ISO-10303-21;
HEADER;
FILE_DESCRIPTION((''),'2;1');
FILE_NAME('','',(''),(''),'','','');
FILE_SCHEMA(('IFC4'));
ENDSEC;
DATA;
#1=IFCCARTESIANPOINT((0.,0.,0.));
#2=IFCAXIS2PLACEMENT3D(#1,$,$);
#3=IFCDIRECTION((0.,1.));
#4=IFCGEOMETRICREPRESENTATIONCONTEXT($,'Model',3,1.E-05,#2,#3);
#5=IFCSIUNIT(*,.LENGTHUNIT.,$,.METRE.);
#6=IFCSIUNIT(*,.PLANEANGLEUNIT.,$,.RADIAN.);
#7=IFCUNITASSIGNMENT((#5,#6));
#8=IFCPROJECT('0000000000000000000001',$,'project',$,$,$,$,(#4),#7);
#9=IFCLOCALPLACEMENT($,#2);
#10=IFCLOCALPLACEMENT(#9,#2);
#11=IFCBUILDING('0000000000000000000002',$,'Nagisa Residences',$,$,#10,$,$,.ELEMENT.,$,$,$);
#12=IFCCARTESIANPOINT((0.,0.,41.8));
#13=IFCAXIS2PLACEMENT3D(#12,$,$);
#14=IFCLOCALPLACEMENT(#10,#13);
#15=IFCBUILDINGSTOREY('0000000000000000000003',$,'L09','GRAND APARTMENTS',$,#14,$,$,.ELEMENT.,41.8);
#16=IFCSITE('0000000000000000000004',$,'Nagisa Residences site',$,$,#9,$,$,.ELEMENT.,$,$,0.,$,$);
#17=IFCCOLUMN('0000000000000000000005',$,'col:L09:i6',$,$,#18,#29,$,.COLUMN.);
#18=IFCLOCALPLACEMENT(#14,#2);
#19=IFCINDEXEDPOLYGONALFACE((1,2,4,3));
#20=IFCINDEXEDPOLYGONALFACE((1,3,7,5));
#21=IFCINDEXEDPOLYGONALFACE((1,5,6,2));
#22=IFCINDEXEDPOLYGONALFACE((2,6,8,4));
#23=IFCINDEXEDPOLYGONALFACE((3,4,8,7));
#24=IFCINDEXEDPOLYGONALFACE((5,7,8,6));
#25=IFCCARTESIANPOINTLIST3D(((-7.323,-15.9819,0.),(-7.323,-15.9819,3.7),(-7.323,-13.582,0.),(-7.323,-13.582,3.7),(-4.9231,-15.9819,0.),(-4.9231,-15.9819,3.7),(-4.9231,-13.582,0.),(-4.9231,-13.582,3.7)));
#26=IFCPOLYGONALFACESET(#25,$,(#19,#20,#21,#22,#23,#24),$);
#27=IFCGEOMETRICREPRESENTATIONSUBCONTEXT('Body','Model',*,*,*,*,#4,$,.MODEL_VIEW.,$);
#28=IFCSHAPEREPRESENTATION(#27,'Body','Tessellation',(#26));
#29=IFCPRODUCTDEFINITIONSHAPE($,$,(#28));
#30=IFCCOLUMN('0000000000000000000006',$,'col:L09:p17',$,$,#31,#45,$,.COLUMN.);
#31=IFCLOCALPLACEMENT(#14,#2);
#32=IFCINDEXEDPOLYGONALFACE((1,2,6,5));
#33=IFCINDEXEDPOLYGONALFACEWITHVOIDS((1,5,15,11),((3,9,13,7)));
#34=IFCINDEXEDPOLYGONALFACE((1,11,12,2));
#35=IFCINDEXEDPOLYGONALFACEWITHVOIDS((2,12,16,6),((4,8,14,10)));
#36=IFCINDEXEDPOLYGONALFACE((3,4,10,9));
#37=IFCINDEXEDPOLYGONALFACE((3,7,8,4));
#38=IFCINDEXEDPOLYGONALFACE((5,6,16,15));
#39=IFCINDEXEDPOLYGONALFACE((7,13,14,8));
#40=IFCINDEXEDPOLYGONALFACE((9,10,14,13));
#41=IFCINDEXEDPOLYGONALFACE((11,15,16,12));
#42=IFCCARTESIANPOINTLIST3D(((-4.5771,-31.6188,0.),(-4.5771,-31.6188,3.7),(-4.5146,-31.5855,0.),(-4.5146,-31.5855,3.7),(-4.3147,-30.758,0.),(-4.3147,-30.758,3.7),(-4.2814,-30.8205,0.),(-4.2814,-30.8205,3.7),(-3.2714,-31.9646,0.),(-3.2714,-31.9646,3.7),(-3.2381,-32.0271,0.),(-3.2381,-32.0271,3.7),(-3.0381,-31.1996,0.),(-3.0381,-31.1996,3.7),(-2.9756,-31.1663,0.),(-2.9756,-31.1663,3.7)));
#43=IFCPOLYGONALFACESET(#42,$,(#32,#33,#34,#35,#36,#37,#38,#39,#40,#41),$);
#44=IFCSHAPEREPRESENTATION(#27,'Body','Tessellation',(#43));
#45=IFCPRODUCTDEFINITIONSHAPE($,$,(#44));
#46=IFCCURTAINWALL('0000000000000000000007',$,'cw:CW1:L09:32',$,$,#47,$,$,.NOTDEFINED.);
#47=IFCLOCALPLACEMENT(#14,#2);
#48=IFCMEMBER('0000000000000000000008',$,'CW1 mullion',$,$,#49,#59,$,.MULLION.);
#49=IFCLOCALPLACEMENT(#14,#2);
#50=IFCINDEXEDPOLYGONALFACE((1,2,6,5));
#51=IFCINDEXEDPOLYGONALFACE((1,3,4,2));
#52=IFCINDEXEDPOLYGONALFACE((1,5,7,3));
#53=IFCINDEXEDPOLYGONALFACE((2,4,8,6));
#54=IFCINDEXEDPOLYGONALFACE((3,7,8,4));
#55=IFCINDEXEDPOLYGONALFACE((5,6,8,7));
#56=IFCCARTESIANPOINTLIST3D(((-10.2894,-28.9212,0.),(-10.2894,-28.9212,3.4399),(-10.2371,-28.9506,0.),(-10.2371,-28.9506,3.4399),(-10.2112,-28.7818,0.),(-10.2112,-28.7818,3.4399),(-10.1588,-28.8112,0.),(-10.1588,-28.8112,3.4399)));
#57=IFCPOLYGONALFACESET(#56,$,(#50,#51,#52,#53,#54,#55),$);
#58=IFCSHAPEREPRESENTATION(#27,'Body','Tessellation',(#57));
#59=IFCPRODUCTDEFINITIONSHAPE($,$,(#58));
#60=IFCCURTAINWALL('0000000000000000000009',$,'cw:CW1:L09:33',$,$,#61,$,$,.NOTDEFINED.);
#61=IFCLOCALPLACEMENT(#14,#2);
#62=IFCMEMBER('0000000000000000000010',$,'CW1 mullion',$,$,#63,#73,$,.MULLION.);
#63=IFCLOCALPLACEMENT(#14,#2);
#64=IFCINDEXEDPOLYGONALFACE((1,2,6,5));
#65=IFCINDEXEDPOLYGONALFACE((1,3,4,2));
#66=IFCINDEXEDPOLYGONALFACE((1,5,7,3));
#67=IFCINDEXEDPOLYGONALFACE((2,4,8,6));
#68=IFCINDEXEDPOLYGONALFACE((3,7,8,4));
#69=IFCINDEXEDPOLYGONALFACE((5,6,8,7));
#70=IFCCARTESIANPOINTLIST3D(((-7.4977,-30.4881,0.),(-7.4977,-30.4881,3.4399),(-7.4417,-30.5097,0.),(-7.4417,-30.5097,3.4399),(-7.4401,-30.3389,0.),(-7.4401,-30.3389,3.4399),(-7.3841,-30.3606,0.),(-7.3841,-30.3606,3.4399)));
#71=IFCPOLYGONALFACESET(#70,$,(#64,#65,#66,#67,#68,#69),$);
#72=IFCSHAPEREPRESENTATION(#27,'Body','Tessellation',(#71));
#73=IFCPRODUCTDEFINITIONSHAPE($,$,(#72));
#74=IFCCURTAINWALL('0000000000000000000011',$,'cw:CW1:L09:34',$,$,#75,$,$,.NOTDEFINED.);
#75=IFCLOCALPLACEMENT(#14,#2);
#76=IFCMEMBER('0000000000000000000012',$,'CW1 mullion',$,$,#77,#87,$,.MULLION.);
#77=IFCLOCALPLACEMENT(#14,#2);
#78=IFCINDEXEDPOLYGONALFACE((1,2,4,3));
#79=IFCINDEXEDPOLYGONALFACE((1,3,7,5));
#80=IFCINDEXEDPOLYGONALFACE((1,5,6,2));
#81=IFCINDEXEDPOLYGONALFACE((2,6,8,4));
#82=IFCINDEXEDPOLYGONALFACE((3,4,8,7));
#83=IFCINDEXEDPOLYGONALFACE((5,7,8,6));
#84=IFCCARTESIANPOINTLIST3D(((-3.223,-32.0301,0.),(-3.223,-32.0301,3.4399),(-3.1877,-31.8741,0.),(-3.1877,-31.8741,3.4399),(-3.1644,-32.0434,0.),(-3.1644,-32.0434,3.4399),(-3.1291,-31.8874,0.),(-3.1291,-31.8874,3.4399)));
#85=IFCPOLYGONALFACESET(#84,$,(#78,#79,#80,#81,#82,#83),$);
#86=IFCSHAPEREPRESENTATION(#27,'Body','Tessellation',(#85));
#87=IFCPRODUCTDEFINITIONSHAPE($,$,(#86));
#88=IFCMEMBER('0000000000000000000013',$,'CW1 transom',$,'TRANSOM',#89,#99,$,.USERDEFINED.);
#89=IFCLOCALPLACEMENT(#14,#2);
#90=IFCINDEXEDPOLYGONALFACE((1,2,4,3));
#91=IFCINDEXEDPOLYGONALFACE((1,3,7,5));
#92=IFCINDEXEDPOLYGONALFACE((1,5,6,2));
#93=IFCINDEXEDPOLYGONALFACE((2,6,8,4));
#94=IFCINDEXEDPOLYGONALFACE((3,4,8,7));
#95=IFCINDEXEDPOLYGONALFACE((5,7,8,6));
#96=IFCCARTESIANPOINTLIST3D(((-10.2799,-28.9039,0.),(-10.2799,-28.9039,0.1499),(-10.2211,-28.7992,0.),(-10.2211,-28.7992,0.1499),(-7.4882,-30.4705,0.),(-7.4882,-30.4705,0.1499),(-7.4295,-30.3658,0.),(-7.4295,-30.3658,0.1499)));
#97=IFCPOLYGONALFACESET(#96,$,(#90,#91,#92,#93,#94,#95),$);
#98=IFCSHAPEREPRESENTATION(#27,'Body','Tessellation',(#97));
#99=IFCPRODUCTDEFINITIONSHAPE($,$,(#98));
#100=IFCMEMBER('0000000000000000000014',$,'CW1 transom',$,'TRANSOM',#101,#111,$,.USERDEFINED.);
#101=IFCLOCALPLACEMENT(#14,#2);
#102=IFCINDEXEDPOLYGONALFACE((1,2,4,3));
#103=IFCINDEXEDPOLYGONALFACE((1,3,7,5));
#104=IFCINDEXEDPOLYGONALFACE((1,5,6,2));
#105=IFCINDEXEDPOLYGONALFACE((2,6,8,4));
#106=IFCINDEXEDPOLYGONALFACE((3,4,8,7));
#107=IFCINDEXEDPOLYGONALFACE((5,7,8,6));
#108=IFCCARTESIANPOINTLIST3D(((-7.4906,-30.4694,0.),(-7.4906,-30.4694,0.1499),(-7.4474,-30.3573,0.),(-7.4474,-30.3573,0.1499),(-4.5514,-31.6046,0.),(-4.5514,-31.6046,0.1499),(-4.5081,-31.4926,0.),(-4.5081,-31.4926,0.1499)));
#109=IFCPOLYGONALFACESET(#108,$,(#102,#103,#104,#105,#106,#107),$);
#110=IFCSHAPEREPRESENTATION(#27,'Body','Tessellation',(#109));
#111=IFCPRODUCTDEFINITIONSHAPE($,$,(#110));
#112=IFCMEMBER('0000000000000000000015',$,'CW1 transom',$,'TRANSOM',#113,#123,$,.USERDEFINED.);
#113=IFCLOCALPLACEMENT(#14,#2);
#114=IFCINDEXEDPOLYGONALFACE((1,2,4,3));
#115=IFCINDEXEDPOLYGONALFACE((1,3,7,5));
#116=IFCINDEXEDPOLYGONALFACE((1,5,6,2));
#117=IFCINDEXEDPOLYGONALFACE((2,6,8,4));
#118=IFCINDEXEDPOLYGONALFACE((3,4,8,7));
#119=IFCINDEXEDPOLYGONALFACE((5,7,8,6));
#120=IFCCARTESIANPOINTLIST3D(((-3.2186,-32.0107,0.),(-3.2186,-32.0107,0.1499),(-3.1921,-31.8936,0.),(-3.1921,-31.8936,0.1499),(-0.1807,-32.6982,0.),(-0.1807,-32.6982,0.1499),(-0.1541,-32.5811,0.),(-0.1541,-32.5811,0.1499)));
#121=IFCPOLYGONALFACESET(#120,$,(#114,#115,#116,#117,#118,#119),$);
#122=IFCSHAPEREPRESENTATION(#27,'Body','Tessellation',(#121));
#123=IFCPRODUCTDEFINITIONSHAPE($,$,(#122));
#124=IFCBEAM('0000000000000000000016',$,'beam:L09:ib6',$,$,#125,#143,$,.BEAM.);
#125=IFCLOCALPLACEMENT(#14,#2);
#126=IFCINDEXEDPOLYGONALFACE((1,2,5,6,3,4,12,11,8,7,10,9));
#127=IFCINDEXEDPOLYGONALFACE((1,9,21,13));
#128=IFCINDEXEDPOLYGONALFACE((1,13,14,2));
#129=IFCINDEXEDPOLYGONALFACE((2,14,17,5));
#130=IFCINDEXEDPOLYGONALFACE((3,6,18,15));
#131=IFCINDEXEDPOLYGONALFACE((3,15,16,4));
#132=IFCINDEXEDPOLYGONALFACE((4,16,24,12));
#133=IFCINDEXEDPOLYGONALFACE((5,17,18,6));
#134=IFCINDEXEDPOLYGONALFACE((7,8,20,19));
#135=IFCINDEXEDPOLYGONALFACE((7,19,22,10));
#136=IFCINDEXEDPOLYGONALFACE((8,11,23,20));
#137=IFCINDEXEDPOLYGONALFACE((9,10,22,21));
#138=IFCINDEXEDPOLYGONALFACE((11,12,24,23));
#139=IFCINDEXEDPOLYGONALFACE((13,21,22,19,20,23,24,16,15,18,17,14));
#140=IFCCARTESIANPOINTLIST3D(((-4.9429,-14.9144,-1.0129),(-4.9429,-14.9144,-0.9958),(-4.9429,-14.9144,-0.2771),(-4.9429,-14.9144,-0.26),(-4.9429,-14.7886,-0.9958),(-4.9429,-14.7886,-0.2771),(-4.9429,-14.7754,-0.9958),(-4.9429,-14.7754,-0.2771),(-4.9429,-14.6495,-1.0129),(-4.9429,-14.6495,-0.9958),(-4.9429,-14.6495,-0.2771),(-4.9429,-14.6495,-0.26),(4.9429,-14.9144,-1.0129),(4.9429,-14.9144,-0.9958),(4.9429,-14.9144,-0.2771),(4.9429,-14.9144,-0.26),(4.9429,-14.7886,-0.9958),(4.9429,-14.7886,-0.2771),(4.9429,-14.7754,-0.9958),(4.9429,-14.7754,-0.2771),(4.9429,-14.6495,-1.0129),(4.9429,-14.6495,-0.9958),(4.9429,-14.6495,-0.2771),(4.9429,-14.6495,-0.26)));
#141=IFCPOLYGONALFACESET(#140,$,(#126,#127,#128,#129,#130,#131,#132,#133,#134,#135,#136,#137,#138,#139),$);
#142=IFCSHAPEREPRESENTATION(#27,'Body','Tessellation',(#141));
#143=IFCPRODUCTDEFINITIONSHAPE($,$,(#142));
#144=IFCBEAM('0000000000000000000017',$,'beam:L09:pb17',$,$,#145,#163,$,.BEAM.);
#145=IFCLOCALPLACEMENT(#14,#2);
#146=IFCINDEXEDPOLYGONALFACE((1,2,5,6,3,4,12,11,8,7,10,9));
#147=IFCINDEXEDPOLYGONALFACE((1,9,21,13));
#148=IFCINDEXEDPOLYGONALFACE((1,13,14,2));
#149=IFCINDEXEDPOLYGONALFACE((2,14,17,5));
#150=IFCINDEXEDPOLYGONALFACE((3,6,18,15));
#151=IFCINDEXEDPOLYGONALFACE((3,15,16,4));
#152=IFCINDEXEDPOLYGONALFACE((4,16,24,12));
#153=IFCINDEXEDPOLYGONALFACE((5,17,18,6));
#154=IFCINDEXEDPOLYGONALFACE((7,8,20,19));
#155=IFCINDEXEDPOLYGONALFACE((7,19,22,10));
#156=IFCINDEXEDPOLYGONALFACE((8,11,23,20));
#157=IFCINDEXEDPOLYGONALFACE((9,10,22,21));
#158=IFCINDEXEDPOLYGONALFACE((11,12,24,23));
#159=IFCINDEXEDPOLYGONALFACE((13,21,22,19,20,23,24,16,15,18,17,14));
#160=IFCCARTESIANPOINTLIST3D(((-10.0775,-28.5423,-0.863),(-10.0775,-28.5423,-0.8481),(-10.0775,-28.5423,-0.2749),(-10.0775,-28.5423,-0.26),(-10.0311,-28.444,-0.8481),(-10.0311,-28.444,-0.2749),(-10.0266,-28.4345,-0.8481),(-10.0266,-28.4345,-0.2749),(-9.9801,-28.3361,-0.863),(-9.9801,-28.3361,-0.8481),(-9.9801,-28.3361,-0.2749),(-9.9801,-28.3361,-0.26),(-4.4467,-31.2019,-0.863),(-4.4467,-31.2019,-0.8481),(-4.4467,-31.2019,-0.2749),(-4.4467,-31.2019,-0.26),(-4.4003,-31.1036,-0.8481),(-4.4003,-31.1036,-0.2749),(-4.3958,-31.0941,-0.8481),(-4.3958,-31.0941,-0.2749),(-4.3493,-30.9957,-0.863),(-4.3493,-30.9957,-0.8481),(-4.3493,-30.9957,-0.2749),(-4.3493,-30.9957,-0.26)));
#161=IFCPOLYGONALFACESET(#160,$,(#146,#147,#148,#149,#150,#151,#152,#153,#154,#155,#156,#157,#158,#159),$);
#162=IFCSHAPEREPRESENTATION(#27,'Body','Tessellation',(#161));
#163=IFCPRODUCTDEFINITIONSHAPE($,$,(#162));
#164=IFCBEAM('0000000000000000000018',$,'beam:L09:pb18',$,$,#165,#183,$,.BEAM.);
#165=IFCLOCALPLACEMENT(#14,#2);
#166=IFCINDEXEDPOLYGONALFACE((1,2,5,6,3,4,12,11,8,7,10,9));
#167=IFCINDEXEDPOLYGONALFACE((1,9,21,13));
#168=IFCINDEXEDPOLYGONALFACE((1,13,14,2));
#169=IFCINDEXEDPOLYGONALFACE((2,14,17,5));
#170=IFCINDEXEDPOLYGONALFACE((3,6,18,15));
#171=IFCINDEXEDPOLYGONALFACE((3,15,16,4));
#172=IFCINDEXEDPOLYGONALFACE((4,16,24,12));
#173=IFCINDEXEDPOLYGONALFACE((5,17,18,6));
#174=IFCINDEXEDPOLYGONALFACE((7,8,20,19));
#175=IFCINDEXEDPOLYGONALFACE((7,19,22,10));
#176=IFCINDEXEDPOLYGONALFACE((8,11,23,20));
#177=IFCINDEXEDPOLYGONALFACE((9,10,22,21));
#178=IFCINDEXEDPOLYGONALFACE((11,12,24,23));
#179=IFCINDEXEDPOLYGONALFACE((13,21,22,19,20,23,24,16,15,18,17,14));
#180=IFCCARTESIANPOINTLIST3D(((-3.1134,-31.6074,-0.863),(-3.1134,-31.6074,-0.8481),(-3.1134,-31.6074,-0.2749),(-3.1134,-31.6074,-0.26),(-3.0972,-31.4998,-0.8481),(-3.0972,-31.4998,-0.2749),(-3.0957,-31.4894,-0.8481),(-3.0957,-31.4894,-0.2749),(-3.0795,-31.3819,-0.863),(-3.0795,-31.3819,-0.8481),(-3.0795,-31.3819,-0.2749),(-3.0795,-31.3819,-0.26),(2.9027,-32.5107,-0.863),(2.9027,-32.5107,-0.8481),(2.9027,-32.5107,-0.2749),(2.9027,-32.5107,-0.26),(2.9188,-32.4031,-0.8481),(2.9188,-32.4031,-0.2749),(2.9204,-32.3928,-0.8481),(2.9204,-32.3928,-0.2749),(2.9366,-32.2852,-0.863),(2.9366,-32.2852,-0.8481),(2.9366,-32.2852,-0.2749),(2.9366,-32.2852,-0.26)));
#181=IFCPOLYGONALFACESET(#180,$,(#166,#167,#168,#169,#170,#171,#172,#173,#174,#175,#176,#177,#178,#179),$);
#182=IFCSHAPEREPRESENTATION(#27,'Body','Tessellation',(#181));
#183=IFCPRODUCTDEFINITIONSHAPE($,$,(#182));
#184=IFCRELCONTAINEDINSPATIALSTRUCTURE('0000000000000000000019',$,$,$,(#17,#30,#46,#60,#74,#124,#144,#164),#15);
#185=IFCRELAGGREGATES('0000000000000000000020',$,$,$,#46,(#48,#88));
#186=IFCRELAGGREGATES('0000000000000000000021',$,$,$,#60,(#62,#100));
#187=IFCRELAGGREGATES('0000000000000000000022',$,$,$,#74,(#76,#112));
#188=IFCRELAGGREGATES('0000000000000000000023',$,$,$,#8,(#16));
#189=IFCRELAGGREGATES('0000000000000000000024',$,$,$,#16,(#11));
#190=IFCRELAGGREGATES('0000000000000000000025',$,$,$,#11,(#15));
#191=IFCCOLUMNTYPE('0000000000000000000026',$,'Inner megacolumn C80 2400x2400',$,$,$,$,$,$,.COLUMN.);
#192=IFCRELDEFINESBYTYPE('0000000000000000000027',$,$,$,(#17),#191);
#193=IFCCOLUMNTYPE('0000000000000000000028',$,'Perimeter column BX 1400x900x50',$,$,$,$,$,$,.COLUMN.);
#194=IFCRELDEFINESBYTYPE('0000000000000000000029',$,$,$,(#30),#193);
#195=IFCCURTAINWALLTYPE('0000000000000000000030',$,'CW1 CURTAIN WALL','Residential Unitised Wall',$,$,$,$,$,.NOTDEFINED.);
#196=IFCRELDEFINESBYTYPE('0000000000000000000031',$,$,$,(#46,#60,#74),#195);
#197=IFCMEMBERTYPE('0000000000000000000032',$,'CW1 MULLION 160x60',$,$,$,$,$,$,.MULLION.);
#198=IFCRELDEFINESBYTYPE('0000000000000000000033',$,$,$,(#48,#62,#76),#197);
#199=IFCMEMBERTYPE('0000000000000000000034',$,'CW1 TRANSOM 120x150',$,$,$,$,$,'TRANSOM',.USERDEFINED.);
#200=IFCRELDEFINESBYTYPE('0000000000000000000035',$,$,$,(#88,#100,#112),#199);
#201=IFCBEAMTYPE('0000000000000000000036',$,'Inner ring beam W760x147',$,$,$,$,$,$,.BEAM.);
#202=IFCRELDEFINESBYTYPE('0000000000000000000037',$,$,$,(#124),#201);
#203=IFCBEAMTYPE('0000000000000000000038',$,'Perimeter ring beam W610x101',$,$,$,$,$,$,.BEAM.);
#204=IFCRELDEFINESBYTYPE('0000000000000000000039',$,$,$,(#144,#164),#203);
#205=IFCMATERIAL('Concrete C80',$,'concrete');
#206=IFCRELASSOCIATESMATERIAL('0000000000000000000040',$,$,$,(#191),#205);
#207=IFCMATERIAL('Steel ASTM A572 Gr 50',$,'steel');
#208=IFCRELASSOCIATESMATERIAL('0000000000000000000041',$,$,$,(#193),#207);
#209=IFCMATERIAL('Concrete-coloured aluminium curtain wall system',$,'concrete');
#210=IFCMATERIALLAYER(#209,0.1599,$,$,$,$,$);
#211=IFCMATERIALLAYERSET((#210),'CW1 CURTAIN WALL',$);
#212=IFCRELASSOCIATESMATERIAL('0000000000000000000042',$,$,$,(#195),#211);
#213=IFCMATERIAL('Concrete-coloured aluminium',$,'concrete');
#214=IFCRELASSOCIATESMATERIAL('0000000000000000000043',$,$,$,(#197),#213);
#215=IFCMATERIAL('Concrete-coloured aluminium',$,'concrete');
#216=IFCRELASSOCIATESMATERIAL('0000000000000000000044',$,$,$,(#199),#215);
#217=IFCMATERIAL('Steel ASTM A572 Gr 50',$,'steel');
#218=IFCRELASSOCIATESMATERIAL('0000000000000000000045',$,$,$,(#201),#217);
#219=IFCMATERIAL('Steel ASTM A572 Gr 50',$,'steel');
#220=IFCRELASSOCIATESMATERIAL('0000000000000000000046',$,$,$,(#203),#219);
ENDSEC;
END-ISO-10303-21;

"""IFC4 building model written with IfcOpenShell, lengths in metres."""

from ifc_helpers import new_model, si_unit, direction, frame, origin, origin_2d, place, context, subcontext, project, spatial, rectangle, hollow_rectangle, i_section, extrude, material, layer, layer_set, material_profile, profile_set, type_object, element, aggregate, save


model = new_model("IFC4")

# Units and contexts
model_context = context("Model", 3, precision=1e-05, world=origin(), true_north=direction((0.0, 1.0)))
body_context = subcontext(model_context, "Body", "Model", "MODEL_VIEW")
ifc_project = project(units=[si_unit("LENGTHUNIT", "METRE"), si_unit("PLANEANGLEUNIT", "RADIAN")], contexts=[model_context])

# Site, building, storey
site_placement = place(None, origin())
site = spatial("IfcSite", under=ifc_project, at=site_placement, Name="Nagisa Residences site", CompositionType="ELEMENT", RefElevation=0.0)
building_placement = place(site_placement, origin())
building = spatial("IfcBuilding", under=site, at=building_placement, Name="Nagisa Residences", CompositionType="ELEMENT")
storey_placement = place(building_placement, frame((0.0, 0.0, 41.8)))
storey = spatial("IfcBuildingStorey", under=building, at=storey_placement, Name="L09", Description="GRAND APARTMENTS", CompositionType="ELEMENT", Elevation=41.8)

# Columns
ifc_material_1 = material(Name="Concrete C80", Category="concrete")
ifc_material_profile_1 = material_profile(ifc_material_1, rectangle(XDim=2.3999, YDim=2.3999, at=origin_2d()), Name="C80 2400x2400")
ifc_profile_set_1 = profile_set([ifc_material_profile_1], Name="Concrete C80")
column_type_1 = type_object("IfcColumnType", Name="Inner megacolumn C80 2400x2400", PredefinedType="COLUMN", material=ifc_profile_set_1)
column_1_placement = place(storey_placement, frame((-6.123, -14.782, 0.0), z_axis=(0.0, 0.0, 1.0), x_axis=(1.0, 0.0, 0.0)))
element("IfcColumn", 1, at=column_1_placement, inside=storey, type_object=column_type_1, Name="col:L09:i6", PredefinedType="COLUMN", context=body_context, shape_type="SweptSolid", body=[
    extrude(rectangle(XDim=2.3999, YDim=2.3999, at=origin_2d()), origin(), (0.0, 0.0, 1.0), 3.7),
])
ifc_material_2 = material(Name="Steel ASTM A572 Gr 50", Category="steel")
ifc_material_profile_2 = material_profile(ifc_material_2, hollow_rectangle(XDim=1.3999, YDim=0.8999, WallThickness=0.05, at=origin_2d()), Name="BX 1400x900x50")
ifc_profile_set_2 = profile_set([ifc_material_profile_2], Name="Steel ASTM A572 Gr 50")
column_type_2 = type_object("IfcColumnType", Name="Perimeter column BX 1400x900x50", PredefinedType="COLUMN", material=ifc_profile_set_2)
column_2_placement = place(storey_placement, frame((-3.7764, -31.3926, 0.0), z_axis=(0.0, 0.0, 1.0), x_axis=(0.956525, -0.291652, 0.0)))
element("IfcColumn", 2, at=column_2_placement, inside=storey, type_object=column_type_2, Name="col:L09:p17", PredefinedType="COLUMN", context=body_context, shape_type="SweptSolid", body=[
    extrude(hollow_rectangle(XDim=1.3999, YDim=0.8999, WallThickness=0.05, at=origin_2d()), origin(), (0.0, 0.0, 1.0), 3.7),
])

# Curtain walls, members
ifc_material_3 = material(Name="Concrete-coloured aluminium curtain wall system", Category="concrete")
ifc_layer_1 = layer(ifc_material_3, 0.1599)
ifc_layer_set_1 = layer_set([ifc_layer_1], Name="CW1 CURTAIN WALL")
curtain_wall_type = type_object("IfcCurtainWallType", Name="CW1 CURTAIN WALL", Description="Residential Unitised Wall", PredefinedType="NOTDEFINED", material=ifc_layer_set_1)
curtain_wall_1_placement = place(storey_placement, origin())
curtain_wall_1 = element("IfcCurtainWall", 3, at=curtain_wall_1_placement, inside=storey, type_object=curtain_wall_type, Name="cw:CW1:L09:32", PredefinedType="NOTDEFINED")
ifc_material_4 = material(Name="Concrete-coloured aluminium", Category="concrete")
ifc_material_profile_3 = material_profile(ifc_material_4, rectangle(XDim=0.1599, YDim=0.0601, at=origin_2d()), Name="CW1 MULLION 160x60")
ifc_profile_set_3 = profile_set([ifc_material_profile_3], Name="Concrete-coloured aluminium")
member_type_1 = type_object("IfcMemberType", Name="CW1 MULLION 160x60", PredefinedType="MULLION", material=ifc_profile_set_3)
member_1_placement = place(storey_placement, frame((-10.2241, -28.8662, 0.0), z_axis=(0.0, 0.0, 1.0), x_axis=(0.489377, 0.872072, 0.0)))
member_1 = element("IfcMember", 4, at=member_1_placement, type_object=member_type_1, Name="CW1 mullion", PredefinedType="MULLION", context=body_context, shape_type="SweptSolid", body=[
    extrude(rectangle(XDim=0.1599, YDim=0.0601, at=origin_2d()), origin(), (0.0, 0.0, 1.0), 3.4399),
])
curtain_wall_2_placement = place(storey_placement, origin())
curtain_wall_2 = element("IfcCurtainWall", 5, at=curtain_wall_2_placement, inside=storey, type_object=curtain_wall_type, Name="cw:CW1:L09:33", PredefinedType="NOTDEFINED")
member_2_placement = place(storey_placement, frame((-7.4409, -30.4243, 0.0), z_axis=(0.0, 0.0, 1.0), x_axis=(0.360328, 0.932826, 0.0)))
member_2 = element("IfcMember", 6, at=member_2_placement, type_object=member_type_1, Name="CW1 mullion", PredefinedType="MULLION", context=body_context, shape_type="SweptSolid", body=[
    extrude(rectangle(XDim=0.1599, YDim=0.0601, at=origin_2d()), origin(), (0.0, 0.0, 1.0), 3.4399),
])
curtain_wall_3_placement = place(storey_placement, origin())
curtain_wall_3 = element("IfcCurtainWall", 7, at=curtain_wall_3_placement, inside=storey, type_object=curtain_wall_type, Name="cw:CW1:L09:34", PredefinedType="NOTDEFINED")
member_3_placement = place(storey_placement, frame((-3.176, -31.9587, 0.0), z_axis=(0.0, 0.0, 1.0), x_axis=(0.220764, 0.975327, 0.0)))
member_3 = element("IfcMember", 8, at=member_3_placement, type_object=member_type_1, Name="CW1 mullion", PredefinedType="MULLION", context=body_context, shape_type="SweptSolid", body=[
    extrude(rectangle(XDim=0.1599, YDim=0.0601, at=origin_2d()), origin(), (0.0, 0.0, 1.0), 3.4399),
])

# Members
ifc_material_5 = material(Name="Concrete-coloured aluminium", Category="concrete")
ifc_material_profile_4 = material_profile(ifc_material_5, rectangle(XDim=0.1201, YDim=0.1499, at=origin_2d()), Name="CW1 TRANSOM 120x150")
ifc_profile_set_4 = profile_set([ifc_material_profile_4], Name="Concrete-coloured aluminium")
member_type_2 = type_object("IfcMemberType", Name="CW1 TRANSOM 120x150", ElementType="TRANSOM", PredefinedType="USERDEFINED", material=ifc_profile_set_4)
member_4_placement = place(storey_placement, frame((-10.2505, -28.8516, 0.075), z_axis=(0.87207, -0.489381, 0.0), x_axis=(0.489381, 0.87207, 0.0)))
member_4 = element("IfcMember", 9, at=member_4_placement, type_object=member_type_2, Name="CW1 transom", ObjectType="TRANSOM", PredefinedType="USERDEFINED", context=body_context, shape_type="SweptSolid", body=[
    extrude(rectangle(XDim=0.1201, YDim=0.1499, at=origin_2d()), origin(), (0.0, 0.0, 1.0), 3.2012),
])
member_5_placement = place(storey_placement, frame((-7.469, -30.4133, 0.075), z_axis=(0.932835, -0.360303, 0.0), x_axis=(0.360303, 0.932835, 0.0)))
member_5 = element("IfcMember", 10, at=member_5_placement, type_object=member_type_2, Name="CW1 transom", ObjectType="TRANSOM", PredefinedType="USERDEFINED", context=body_context, shape_type="SweptSolid", body=[
    extrude(rectangle(XDim=0.1201, YDim=0.1499, at=origin_2d()), origin(), (0.0, 0.0, 1.0), 3.1509),
])
member_6_placement = place(storey_placement, frame((-3.2053, -31.9521, 0.075), z_axis=(0.975335, -0.22073, 0.0), x_axis=(0.22073, 0.975335, 0.0)))
member_6 = element("IfcMember", 11, at=member_6_placement, type_object=member_type_2, Name="CW1 transom", ObjectType="TRANSOM", PredefinedType="USERDEFINED", context=body_context, shape_type="SweptSolid", body=[
    extrude(rectangle(XDim=0.1201, YDim=0.1499, at=origin_2d()), origin(), (0.0, 0.0, 1.0), 3.1147),
])

# Beams
ifc_material_6 = material(Name="Steel ASTM A572 Gr 50", Category="steel")
ifc_material_profile_5 = material_profile(ifc_material_6, i_section(OverallWidth=0.2649, OverallDepth=0.7529, WebThickness=0.0132, FlangeThickness=0.0171, at=origin_2d()), Name="W760x147")
ifc_profile_set_5 = profile_set([ifc_material_profile_5], Name="Steel ASTM A572 Gr 50")
beam_type_1 = type_object("IfcBeamType", Name="Inner ring beam W760x147", PredefinedType="BEAM", material=ifc_profile_set_5)
beam_1_placement = place(storey_placement, frame((-4.9429, -14.782, -0.6365), z_axis=(1.0, 0.0, 0.0), x_axis=(0.0, 1.0, 0.0)))
element("IfcBeam", 12, at=beam_1_placement, inside=storey, type_object=beam_type_1, Name="beam:L09:ib6", PredefinedType="BEAM", context=body_context, shape_type="SweptSolid", body=[
    extrude(i_section(OverallWidth=0.2649, OverallDepth=0.7529, WebThickness=0.0132, FlangeThickness=0.0171, at=origin_2d()), origin(), (0.0, 0.0, 1.0), 9.8857),
])
ifc_material_7 = material(Name="Steel ASTM A572 Gr 50", Category="steel")
ifc_material_profile_6 = material_profile(ifc_material_7, i_section(OverallWidth=0.228, OverallDepth=0.603, WebThickness=0.0105, FlangeThickness=0.0149, at=origin_2d()), Name="W610x101")
ifc_profile_set_6 = profile_set([ifc_material_profile_6], Name="Steel ASTM A572 Gr 50")
beam_type_2 = type_object("IfcBeamType", Name="Perimeter ring beam W610x101", PredefinedType="BEAM", material=ifc_profile_set_6)
beam_2_placement = place(storey_placement, frame((-10.0288, -28.4392, -0.5615), z_axis=(0.904208, -0.427092, 0.0), x_axis=(0.427092, 0.904208, 0.0)))
element("IfcBeam", 13, at=beam_2_placement, inside=storey, type_object=beam_type_2, Name="beam:L09:pb17", PredefinedType="BEAM", context=body_context, shape_type="SweptSolid", body=[
    extrude(i_section(OverallWidth=0.228, OverallDepth=0.603, WebThickness=0.0105, FlangeThickness=0.0149, at=origin_2d()), origin(), (0.0, 0.0, 1.0), 6.2273),
])
beam_3_placement = place(storey_placement, frame((-3.0964, -31.4946, -0.5615), z_axis=(0.988915, -0.148486, 0.0), x_axis=(0.148486, 0.988915, 0.0)))
element("IfcBeam", 14, at=beam_3_placement, inside=storey, type_object=beam_type_2, Name="beam:L09:pb18", PredefinedType="BEAM", context=body_context, shape_type="SweptSolid", body=[
    extrude(i_section(OverallWidth=0.228, OverallDepth=0.603, WebThickness=0.0105, FlangeThickness=0.0149, at=origin_2d()), origin(), (0.0, 0.0, 1.0), 6.0835),
])

aggregate(curtain_wall_1, [member_1, member_4])
aggregate(curtain_wall_2, [member_2, member_5])
aggregate(curtain_wall_3, [member_3, member_6])

save(model, "model.ifc")
